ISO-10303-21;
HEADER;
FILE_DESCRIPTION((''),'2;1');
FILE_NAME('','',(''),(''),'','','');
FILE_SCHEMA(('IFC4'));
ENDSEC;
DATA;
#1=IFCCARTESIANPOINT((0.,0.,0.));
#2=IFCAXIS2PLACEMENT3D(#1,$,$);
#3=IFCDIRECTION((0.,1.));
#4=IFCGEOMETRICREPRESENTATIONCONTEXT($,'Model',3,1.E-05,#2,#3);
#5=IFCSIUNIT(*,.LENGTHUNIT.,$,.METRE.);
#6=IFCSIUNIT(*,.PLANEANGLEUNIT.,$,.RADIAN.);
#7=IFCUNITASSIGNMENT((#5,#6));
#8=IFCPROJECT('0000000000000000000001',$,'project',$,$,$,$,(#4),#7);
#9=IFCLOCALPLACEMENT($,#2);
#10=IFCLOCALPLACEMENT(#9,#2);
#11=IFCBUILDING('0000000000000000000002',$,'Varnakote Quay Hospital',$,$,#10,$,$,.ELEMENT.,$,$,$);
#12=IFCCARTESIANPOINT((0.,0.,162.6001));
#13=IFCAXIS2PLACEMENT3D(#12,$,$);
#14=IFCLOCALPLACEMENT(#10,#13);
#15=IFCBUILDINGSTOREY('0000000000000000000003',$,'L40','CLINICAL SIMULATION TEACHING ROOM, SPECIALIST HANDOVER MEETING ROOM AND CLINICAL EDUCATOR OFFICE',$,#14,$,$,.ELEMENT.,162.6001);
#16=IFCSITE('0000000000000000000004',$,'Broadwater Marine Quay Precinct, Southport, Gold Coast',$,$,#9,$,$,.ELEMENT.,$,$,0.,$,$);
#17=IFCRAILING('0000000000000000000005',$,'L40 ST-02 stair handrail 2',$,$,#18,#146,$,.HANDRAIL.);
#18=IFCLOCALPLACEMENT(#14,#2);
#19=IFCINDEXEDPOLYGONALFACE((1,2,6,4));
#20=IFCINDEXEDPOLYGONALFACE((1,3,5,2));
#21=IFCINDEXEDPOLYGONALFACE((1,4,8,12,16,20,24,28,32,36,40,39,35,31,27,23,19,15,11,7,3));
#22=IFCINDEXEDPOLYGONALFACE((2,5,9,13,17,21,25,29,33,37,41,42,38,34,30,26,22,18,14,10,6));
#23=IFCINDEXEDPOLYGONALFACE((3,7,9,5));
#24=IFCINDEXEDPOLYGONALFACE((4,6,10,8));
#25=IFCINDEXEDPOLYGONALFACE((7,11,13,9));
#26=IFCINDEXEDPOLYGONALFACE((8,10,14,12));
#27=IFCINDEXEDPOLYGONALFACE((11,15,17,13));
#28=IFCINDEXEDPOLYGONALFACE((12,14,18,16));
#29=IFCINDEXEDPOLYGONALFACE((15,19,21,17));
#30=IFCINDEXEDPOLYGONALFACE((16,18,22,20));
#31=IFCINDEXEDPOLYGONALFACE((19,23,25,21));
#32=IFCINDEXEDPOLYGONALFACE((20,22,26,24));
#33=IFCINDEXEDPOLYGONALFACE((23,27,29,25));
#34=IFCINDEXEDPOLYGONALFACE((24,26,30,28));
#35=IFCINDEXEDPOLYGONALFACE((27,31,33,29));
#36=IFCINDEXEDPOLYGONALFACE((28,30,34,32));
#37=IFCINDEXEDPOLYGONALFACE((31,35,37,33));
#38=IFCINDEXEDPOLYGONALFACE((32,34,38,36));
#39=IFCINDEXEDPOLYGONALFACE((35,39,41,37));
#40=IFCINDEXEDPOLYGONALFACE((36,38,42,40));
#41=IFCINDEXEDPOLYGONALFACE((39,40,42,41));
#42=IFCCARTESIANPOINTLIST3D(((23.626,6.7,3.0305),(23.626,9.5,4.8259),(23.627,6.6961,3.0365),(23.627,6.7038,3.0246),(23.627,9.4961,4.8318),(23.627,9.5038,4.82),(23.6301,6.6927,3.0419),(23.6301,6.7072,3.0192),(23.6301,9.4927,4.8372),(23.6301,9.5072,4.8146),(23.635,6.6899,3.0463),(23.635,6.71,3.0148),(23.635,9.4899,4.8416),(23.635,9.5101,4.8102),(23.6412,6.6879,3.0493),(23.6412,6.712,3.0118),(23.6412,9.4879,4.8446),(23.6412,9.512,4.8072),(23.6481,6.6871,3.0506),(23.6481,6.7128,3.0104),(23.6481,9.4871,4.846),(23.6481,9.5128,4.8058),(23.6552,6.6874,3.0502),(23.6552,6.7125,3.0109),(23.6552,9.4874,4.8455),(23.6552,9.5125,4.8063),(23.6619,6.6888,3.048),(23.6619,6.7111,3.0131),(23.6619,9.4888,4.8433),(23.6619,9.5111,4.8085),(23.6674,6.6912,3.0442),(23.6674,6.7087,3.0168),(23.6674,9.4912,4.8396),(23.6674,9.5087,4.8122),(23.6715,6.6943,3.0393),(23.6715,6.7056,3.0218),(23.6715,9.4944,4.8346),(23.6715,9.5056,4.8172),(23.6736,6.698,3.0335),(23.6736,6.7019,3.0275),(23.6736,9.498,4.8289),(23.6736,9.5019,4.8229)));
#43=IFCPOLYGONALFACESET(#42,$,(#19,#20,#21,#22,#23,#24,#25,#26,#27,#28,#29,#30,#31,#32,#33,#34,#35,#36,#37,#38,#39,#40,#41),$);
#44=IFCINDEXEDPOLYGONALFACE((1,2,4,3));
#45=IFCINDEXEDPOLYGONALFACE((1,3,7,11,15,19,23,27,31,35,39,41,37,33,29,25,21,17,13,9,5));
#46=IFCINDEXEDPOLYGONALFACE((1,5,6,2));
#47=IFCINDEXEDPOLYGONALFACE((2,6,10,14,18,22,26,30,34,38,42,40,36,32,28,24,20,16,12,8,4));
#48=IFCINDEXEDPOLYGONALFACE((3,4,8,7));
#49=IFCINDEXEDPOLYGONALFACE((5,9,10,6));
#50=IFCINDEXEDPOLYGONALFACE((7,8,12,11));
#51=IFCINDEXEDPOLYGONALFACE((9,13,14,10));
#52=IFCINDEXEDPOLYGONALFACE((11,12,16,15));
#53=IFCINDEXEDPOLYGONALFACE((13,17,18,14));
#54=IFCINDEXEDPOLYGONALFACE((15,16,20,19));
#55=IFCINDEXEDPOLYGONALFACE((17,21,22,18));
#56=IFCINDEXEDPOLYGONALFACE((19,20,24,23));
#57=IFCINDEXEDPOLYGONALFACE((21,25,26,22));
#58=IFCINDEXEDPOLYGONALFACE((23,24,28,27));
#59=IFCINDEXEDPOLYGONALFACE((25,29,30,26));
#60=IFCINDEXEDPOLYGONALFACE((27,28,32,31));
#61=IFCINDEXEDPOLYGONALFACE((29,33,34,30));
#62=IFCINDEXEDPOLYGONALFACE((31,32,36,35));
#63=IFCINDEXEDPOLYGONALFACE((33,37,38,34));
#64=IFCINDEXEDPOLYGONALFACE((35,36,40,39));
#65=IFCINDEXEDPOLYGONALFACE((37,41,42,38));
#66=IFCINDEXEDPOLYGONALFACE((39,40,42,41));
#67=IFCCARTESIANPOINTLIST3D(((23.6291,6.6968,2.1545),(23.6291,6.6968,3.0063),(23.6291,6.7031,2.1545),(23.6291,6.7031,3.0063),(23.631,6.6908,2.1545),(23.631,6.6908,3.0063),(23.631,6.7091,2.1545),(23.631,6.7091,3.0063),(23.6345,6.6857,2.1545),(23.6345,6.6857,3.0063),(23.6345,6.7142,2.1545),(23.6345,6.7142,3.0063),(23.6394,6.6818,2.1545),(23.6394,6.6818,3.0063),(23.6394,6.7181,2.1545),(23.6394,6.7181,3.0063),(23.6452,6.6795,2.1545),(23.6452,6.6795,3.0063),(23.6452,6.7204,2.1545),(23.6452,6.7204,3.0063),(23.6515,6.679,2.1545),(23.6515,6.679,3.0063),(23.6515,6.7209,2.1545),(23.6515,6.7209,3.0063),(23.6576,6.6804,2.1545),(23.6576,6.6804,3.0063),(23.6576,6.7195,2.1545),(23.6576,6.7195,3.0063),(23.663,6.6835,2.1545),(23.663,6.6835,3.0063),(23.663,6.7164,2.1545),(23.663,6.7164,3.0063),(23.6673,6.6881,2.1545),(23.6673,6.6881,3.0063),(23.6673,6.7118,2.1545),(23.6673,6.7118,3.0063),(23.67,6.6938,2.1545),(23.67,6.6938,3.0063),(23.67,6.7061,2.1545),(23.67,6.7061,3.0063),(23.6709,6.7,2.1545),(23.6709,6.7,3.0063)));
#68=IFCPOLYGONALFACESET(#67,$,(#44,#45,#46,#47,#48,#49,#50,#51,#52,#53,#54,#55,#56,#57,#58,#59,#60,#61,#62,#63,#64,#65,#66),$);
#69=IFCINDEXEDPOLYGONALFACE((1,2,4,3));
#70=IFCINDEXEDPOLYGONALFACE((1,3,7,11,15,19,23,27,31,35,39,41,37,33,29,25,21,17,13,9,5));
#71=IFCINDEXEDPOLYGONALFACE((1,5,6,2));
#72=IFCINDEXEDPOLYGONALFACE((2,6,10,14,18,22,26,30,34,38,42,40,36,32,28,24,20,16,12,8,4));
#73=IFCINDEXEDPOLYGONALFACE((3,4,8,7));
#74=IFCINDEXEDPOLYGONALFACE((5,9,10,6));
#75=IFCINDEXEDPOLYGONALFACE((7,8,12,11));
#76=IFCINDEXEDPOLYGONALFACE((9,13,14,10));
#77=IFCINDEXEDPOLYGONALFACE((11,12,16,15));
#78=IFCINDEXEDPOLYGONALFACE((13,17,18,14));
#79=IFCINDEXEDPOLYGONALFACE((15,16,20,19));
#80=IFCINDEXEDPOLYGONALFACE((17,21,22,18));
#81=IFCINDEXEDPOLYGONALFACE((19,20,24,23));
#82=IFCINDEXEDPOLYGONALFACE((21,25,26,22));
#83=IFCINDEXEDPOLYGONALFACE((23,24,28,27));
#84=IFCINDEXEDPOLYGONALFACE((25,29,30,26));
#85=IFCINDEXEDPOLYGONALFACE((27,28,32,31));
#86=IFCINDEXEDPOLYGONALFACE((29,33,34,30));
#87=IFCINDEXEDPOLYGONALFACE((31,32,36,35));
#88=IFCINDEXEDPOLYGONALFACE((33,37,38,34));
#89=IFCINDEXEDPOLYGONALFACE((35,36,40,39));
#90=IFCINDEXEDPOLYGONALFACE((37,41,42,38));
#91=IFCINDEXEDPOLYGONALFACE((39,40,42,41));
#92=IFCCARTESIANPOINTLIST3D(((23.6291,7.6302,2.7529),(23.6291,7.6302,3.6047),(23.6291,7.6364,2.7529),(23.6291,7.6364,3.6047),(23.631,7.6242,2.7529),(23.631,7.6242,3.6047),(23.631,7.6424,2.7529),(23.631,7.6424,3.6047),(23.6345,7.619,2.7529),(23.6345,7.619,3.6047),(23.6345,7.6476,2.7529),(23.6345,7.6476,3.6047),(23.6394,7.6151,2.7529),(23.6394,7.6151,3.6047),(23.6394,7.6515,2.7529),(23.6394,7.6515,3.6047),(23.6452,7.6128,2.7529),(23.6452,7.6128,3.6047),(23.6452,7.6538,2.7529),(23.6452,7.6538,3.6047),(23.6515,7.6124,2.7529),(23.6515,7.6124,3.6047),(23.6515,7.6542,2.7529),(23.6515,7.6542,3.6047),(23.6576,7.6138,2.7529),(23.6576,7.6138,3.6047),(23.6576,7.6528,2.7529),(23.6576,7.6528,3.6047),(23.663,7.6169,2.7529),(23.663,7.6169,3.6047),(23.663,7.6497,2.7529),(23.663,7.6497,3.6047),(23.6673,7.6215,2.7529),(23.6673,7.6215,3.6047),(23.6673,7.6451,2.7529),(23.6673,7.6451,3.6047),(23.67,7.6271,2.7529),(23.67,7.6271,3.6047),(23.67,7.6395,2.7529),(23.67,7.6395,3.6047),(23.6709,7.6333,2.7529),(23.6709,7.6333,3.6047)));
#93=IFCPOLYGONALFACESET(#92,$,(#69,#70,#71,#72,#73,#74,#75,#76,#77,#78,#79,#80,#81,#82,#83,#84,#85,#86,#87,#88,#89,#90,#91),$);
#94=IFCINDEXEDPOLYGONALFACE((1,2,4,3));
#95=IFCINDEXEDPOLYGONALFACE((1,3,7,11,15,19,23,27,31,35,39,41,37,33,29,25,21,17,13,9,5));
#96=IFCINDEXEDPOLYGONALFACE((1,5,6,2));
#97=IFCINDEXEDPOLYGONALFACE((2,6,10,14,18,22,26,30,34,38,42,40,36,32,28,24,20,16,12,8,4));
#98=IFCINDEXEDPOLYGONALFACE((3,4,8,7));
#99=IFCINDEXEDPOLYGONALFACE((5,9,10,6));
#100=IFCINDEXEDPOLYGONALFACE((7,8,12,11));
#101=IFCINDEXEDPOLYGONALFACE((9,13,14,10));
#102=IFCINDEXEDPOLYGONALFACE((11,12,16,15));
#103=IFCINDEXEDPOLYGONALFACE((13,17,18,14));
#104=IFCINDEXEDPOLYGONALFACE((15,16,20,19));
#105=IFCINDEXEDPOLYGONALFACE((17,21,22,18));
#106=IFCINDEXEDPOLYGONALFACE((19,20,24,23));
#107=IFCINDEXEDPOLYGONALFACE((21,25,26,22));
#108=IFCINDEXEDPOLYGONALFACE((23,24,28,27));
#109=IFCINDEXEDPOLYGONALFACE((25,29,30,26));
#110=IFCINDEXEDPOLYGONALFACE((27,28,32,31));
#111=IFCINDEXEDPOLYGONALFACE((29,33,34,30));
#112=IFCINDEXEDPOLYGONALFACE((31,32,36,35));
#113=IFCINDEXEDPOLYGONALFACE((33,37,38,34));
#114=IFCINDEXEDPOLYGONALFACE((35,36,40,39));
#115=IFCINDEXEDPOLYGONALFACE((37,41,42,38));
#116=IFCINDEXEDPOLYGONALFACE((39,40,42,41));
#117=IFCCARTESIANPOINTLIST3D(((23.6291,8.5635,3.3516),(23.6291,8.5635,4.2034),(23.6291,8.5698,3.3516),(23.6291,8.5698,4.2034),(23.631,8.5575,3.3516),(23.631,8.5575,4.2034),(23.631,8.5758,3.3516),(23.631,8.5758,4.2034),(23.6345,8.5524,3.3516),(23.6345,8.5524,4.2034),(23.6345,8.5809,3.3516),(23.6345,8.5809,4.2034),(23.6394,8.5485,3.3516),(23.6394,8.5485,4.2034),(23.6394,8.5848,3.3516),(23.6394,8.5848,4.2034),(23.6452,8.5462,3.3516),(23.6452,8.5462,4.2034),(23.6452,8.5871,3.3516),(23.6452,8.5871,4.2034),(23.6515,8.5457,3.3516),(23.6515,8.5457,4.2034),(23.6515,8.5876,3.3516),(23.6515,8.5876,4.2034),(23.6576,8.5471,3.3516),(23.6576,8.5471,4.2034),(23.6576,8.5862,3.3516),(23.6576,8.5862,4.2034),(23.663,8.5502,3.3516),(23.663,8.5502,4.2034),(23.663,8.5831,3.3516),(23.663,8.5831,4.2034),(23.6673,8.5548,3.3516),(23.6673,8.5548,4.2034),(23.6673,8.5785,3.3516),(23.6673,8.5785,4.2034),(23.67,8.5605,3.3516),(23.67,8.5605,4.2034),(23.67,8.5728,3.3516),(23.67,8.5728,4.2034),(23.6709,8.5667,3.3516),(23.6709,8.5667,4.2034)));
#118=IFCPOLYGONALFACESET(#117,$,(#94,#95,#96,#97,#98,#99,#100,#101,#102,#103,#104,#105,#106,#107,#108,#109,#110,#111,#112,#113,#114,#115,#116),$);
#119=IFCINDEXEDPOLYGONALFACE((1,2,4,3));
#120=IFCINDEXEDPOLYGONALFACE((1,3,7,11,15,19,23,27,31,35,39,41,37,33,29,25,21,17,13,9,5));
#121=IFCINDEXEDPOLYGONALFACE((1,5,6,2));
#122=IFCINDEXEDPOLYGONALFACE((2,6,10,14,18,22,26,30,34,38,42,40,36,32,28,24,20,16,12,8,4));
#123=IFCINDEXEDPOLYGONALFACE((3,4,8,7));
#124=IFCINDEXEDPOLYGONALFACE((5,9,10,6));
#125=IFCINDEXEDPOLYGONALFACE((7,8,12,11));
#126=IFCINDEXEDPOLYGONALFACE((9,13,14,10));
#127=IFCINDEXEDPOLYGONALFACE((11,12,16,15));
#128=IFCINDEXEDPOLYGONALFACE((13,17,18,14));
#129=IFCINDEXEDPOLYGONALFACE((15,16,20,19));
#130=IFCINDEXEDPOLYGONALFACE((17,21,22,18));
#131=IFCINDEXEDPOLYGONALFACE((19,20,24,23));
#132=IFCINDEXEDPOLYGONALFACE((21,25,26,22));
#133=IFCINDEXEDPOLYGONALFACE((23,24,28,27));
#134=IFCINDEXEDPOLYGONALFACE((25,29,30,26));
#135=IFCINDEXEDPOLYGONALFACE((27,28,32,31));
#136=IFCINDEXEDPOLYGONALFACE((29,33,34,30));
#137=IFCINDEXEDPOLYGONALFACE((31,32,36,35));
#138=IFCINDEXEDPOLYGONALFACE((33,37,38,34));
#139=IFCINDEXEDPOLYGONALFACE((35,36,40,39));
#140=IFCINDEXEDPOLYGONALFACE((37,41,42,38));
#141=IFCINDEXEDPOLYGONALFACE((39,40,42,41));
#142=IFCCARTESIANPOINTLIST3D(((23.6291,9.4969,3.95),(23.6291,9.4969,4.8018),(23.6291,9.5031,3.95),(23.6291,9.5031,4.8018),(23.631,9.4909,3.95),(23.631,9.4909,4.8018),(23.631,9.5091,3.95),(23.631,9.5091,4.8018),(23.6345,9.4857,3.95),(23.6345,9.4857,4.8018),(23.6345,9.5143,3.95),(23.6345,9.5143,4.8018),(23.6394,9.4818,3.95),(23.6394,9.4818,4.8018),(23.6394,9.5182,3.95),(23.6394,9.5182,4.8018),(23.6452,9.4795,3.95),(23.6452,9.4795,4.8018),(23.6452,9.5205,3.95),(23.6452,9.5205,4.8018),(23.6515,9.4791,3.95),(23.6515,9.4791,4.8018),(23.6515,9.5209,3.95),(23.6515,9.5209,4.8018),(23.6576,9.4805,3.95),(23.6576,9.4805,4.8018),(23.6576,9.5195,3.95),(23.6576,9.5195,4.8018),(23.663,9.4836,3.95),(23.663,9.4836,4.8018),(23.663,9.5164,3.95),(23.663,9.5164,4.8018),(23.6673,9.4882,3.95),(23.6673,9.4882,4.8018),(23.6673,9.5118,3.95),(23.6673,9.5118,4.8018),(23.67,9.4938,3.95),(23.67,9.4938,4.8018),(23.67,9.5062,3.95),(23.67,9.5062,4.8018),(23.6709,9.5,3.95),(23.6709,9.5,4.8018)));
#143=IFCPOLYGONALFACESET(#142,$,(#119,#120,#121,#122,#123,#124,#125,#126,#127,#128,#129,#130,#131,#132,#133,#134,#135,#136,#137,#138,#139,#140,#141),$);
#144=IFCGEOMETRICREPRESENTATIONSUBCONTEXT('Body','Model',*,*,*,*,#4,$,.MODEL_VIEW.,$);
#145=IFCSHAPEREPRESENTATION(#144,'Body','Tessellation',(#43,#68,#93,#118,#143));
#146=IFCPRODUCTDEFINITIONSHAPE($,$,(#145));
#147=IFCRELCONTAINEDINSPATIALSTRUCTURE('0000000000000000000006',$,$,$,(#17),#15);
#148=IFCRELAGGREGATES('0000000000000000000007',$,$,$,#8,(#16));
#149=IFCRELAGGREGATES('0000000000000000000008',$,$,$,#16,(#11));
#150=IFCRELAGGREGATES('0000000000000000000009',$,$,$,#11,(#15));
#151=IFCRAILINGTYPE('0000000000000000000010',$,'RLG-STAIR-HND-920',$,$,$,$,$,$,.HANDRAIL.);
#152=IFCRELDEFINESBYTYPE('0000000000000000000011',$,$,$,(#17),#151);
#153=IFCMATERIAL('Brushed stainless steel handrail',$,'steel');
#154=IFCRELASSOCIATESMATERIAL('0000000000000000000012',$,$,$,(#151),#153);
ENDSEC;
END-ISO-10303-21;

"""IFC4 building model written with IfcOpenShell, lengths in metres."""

from ifc_helpers import new_model, si_unit, direction, frame, origin, origin_2d, place, context, subcontext, project, spatial, circle, extrude, material, type_object, element, save


model = new_model("IFC4")

# Units and contexts
model_context = context("Model", 3, precision=1e-05, world=origin(), true_north=direction((0.0, 1.0)))
body_context = subcontext(model_context, "Body", "Model", "MODEL_VIEW")
ifc_project = project(units=[si_unit("LENGTHUNIT", "METRE"), si_unit("PLANEANGLEUNIT", "RADIAN")], contexts=[model_context])

# Site, building, storey
site_placement = place(None, origin())
site = spatial("IfcSite", under=ifc_project, at=site_placement, Name="Broadwater Marine Quay Precinct, Southport, Gold Coast", CompositionType="ELEMENT", RefElevation=0.0)
building_placement = place(site_placement, origin())
building = spatial("IfcBuilding", under=site, at=building_placement, Name="Varnakote Quay Hospital", CompositionType="ELEMENT")
storey_placement = place(building_placement, frame((0.0, 0.0, 162.6001)))
storey = spatial("IfcBuildingStorey", under=building, at=storey_placement, Name="L40", Description="CLINICAL SIMULATION TEACHING ROOM, SPECIALIST HANDOVER MEETING ROOM AND CLINICAL EDUCATOR OFFICE", CompositionType="ELEMENT", Elevation=162.6001)

# Railing
ifc_material_1 = material(Name="Brushed stainless steel handrail", Category="steel")
railing_type_1 = type_object("IfcRailingType", Name="RLG-STAIR-HND-920", PredefinedType="HANDRAIL", material=ifc_material_1)
railing_1_placement = place(storey_placement, frame((23.6499, 6.7, 2.1545)))
element("IfcRailing", 1, at=railing_1_placement, inside=storey, type_object=railing_type_1, Name="L40 ST-02 stair handrail 2", PredefinedType="HANDRAIL", context=body_context, shape_type="SweptSolid", body=[
    extrude(circle(Radius=0.0239, at=origin_2d()), frame((0.0, 0.0, 0.876), z_axis=(0.0, 0.84181, 0.539774), x_axis=(-1.0, 0.0, 0.0)), (0.0, 0.0, 1.0), 3.3262),
    extrude(circle(Radius=0.021, at=origin_2d()), origin(), (0.0, 0.0, 1.0), 0.8518),
    extrude(circle(Radius=0.021, at=origin_2d()), frame((0.0, 0.9333, 0.5984)), (0.0, 0.0, 1.0), 0.8518),
    extrude(circle(Radius=0.021, at=origin_2d()), frame((0.0, 1.8667, 1.197)), (0.0, 0.0, 1.0), 0.8518),
    extrude(circle(Radius=0.021, at=origin_2d()), frame((0.0, 2.8, 1.7954)), (0.0, 0.0, 1.0), 0.8518),
])

save(model, "model.ifc")
